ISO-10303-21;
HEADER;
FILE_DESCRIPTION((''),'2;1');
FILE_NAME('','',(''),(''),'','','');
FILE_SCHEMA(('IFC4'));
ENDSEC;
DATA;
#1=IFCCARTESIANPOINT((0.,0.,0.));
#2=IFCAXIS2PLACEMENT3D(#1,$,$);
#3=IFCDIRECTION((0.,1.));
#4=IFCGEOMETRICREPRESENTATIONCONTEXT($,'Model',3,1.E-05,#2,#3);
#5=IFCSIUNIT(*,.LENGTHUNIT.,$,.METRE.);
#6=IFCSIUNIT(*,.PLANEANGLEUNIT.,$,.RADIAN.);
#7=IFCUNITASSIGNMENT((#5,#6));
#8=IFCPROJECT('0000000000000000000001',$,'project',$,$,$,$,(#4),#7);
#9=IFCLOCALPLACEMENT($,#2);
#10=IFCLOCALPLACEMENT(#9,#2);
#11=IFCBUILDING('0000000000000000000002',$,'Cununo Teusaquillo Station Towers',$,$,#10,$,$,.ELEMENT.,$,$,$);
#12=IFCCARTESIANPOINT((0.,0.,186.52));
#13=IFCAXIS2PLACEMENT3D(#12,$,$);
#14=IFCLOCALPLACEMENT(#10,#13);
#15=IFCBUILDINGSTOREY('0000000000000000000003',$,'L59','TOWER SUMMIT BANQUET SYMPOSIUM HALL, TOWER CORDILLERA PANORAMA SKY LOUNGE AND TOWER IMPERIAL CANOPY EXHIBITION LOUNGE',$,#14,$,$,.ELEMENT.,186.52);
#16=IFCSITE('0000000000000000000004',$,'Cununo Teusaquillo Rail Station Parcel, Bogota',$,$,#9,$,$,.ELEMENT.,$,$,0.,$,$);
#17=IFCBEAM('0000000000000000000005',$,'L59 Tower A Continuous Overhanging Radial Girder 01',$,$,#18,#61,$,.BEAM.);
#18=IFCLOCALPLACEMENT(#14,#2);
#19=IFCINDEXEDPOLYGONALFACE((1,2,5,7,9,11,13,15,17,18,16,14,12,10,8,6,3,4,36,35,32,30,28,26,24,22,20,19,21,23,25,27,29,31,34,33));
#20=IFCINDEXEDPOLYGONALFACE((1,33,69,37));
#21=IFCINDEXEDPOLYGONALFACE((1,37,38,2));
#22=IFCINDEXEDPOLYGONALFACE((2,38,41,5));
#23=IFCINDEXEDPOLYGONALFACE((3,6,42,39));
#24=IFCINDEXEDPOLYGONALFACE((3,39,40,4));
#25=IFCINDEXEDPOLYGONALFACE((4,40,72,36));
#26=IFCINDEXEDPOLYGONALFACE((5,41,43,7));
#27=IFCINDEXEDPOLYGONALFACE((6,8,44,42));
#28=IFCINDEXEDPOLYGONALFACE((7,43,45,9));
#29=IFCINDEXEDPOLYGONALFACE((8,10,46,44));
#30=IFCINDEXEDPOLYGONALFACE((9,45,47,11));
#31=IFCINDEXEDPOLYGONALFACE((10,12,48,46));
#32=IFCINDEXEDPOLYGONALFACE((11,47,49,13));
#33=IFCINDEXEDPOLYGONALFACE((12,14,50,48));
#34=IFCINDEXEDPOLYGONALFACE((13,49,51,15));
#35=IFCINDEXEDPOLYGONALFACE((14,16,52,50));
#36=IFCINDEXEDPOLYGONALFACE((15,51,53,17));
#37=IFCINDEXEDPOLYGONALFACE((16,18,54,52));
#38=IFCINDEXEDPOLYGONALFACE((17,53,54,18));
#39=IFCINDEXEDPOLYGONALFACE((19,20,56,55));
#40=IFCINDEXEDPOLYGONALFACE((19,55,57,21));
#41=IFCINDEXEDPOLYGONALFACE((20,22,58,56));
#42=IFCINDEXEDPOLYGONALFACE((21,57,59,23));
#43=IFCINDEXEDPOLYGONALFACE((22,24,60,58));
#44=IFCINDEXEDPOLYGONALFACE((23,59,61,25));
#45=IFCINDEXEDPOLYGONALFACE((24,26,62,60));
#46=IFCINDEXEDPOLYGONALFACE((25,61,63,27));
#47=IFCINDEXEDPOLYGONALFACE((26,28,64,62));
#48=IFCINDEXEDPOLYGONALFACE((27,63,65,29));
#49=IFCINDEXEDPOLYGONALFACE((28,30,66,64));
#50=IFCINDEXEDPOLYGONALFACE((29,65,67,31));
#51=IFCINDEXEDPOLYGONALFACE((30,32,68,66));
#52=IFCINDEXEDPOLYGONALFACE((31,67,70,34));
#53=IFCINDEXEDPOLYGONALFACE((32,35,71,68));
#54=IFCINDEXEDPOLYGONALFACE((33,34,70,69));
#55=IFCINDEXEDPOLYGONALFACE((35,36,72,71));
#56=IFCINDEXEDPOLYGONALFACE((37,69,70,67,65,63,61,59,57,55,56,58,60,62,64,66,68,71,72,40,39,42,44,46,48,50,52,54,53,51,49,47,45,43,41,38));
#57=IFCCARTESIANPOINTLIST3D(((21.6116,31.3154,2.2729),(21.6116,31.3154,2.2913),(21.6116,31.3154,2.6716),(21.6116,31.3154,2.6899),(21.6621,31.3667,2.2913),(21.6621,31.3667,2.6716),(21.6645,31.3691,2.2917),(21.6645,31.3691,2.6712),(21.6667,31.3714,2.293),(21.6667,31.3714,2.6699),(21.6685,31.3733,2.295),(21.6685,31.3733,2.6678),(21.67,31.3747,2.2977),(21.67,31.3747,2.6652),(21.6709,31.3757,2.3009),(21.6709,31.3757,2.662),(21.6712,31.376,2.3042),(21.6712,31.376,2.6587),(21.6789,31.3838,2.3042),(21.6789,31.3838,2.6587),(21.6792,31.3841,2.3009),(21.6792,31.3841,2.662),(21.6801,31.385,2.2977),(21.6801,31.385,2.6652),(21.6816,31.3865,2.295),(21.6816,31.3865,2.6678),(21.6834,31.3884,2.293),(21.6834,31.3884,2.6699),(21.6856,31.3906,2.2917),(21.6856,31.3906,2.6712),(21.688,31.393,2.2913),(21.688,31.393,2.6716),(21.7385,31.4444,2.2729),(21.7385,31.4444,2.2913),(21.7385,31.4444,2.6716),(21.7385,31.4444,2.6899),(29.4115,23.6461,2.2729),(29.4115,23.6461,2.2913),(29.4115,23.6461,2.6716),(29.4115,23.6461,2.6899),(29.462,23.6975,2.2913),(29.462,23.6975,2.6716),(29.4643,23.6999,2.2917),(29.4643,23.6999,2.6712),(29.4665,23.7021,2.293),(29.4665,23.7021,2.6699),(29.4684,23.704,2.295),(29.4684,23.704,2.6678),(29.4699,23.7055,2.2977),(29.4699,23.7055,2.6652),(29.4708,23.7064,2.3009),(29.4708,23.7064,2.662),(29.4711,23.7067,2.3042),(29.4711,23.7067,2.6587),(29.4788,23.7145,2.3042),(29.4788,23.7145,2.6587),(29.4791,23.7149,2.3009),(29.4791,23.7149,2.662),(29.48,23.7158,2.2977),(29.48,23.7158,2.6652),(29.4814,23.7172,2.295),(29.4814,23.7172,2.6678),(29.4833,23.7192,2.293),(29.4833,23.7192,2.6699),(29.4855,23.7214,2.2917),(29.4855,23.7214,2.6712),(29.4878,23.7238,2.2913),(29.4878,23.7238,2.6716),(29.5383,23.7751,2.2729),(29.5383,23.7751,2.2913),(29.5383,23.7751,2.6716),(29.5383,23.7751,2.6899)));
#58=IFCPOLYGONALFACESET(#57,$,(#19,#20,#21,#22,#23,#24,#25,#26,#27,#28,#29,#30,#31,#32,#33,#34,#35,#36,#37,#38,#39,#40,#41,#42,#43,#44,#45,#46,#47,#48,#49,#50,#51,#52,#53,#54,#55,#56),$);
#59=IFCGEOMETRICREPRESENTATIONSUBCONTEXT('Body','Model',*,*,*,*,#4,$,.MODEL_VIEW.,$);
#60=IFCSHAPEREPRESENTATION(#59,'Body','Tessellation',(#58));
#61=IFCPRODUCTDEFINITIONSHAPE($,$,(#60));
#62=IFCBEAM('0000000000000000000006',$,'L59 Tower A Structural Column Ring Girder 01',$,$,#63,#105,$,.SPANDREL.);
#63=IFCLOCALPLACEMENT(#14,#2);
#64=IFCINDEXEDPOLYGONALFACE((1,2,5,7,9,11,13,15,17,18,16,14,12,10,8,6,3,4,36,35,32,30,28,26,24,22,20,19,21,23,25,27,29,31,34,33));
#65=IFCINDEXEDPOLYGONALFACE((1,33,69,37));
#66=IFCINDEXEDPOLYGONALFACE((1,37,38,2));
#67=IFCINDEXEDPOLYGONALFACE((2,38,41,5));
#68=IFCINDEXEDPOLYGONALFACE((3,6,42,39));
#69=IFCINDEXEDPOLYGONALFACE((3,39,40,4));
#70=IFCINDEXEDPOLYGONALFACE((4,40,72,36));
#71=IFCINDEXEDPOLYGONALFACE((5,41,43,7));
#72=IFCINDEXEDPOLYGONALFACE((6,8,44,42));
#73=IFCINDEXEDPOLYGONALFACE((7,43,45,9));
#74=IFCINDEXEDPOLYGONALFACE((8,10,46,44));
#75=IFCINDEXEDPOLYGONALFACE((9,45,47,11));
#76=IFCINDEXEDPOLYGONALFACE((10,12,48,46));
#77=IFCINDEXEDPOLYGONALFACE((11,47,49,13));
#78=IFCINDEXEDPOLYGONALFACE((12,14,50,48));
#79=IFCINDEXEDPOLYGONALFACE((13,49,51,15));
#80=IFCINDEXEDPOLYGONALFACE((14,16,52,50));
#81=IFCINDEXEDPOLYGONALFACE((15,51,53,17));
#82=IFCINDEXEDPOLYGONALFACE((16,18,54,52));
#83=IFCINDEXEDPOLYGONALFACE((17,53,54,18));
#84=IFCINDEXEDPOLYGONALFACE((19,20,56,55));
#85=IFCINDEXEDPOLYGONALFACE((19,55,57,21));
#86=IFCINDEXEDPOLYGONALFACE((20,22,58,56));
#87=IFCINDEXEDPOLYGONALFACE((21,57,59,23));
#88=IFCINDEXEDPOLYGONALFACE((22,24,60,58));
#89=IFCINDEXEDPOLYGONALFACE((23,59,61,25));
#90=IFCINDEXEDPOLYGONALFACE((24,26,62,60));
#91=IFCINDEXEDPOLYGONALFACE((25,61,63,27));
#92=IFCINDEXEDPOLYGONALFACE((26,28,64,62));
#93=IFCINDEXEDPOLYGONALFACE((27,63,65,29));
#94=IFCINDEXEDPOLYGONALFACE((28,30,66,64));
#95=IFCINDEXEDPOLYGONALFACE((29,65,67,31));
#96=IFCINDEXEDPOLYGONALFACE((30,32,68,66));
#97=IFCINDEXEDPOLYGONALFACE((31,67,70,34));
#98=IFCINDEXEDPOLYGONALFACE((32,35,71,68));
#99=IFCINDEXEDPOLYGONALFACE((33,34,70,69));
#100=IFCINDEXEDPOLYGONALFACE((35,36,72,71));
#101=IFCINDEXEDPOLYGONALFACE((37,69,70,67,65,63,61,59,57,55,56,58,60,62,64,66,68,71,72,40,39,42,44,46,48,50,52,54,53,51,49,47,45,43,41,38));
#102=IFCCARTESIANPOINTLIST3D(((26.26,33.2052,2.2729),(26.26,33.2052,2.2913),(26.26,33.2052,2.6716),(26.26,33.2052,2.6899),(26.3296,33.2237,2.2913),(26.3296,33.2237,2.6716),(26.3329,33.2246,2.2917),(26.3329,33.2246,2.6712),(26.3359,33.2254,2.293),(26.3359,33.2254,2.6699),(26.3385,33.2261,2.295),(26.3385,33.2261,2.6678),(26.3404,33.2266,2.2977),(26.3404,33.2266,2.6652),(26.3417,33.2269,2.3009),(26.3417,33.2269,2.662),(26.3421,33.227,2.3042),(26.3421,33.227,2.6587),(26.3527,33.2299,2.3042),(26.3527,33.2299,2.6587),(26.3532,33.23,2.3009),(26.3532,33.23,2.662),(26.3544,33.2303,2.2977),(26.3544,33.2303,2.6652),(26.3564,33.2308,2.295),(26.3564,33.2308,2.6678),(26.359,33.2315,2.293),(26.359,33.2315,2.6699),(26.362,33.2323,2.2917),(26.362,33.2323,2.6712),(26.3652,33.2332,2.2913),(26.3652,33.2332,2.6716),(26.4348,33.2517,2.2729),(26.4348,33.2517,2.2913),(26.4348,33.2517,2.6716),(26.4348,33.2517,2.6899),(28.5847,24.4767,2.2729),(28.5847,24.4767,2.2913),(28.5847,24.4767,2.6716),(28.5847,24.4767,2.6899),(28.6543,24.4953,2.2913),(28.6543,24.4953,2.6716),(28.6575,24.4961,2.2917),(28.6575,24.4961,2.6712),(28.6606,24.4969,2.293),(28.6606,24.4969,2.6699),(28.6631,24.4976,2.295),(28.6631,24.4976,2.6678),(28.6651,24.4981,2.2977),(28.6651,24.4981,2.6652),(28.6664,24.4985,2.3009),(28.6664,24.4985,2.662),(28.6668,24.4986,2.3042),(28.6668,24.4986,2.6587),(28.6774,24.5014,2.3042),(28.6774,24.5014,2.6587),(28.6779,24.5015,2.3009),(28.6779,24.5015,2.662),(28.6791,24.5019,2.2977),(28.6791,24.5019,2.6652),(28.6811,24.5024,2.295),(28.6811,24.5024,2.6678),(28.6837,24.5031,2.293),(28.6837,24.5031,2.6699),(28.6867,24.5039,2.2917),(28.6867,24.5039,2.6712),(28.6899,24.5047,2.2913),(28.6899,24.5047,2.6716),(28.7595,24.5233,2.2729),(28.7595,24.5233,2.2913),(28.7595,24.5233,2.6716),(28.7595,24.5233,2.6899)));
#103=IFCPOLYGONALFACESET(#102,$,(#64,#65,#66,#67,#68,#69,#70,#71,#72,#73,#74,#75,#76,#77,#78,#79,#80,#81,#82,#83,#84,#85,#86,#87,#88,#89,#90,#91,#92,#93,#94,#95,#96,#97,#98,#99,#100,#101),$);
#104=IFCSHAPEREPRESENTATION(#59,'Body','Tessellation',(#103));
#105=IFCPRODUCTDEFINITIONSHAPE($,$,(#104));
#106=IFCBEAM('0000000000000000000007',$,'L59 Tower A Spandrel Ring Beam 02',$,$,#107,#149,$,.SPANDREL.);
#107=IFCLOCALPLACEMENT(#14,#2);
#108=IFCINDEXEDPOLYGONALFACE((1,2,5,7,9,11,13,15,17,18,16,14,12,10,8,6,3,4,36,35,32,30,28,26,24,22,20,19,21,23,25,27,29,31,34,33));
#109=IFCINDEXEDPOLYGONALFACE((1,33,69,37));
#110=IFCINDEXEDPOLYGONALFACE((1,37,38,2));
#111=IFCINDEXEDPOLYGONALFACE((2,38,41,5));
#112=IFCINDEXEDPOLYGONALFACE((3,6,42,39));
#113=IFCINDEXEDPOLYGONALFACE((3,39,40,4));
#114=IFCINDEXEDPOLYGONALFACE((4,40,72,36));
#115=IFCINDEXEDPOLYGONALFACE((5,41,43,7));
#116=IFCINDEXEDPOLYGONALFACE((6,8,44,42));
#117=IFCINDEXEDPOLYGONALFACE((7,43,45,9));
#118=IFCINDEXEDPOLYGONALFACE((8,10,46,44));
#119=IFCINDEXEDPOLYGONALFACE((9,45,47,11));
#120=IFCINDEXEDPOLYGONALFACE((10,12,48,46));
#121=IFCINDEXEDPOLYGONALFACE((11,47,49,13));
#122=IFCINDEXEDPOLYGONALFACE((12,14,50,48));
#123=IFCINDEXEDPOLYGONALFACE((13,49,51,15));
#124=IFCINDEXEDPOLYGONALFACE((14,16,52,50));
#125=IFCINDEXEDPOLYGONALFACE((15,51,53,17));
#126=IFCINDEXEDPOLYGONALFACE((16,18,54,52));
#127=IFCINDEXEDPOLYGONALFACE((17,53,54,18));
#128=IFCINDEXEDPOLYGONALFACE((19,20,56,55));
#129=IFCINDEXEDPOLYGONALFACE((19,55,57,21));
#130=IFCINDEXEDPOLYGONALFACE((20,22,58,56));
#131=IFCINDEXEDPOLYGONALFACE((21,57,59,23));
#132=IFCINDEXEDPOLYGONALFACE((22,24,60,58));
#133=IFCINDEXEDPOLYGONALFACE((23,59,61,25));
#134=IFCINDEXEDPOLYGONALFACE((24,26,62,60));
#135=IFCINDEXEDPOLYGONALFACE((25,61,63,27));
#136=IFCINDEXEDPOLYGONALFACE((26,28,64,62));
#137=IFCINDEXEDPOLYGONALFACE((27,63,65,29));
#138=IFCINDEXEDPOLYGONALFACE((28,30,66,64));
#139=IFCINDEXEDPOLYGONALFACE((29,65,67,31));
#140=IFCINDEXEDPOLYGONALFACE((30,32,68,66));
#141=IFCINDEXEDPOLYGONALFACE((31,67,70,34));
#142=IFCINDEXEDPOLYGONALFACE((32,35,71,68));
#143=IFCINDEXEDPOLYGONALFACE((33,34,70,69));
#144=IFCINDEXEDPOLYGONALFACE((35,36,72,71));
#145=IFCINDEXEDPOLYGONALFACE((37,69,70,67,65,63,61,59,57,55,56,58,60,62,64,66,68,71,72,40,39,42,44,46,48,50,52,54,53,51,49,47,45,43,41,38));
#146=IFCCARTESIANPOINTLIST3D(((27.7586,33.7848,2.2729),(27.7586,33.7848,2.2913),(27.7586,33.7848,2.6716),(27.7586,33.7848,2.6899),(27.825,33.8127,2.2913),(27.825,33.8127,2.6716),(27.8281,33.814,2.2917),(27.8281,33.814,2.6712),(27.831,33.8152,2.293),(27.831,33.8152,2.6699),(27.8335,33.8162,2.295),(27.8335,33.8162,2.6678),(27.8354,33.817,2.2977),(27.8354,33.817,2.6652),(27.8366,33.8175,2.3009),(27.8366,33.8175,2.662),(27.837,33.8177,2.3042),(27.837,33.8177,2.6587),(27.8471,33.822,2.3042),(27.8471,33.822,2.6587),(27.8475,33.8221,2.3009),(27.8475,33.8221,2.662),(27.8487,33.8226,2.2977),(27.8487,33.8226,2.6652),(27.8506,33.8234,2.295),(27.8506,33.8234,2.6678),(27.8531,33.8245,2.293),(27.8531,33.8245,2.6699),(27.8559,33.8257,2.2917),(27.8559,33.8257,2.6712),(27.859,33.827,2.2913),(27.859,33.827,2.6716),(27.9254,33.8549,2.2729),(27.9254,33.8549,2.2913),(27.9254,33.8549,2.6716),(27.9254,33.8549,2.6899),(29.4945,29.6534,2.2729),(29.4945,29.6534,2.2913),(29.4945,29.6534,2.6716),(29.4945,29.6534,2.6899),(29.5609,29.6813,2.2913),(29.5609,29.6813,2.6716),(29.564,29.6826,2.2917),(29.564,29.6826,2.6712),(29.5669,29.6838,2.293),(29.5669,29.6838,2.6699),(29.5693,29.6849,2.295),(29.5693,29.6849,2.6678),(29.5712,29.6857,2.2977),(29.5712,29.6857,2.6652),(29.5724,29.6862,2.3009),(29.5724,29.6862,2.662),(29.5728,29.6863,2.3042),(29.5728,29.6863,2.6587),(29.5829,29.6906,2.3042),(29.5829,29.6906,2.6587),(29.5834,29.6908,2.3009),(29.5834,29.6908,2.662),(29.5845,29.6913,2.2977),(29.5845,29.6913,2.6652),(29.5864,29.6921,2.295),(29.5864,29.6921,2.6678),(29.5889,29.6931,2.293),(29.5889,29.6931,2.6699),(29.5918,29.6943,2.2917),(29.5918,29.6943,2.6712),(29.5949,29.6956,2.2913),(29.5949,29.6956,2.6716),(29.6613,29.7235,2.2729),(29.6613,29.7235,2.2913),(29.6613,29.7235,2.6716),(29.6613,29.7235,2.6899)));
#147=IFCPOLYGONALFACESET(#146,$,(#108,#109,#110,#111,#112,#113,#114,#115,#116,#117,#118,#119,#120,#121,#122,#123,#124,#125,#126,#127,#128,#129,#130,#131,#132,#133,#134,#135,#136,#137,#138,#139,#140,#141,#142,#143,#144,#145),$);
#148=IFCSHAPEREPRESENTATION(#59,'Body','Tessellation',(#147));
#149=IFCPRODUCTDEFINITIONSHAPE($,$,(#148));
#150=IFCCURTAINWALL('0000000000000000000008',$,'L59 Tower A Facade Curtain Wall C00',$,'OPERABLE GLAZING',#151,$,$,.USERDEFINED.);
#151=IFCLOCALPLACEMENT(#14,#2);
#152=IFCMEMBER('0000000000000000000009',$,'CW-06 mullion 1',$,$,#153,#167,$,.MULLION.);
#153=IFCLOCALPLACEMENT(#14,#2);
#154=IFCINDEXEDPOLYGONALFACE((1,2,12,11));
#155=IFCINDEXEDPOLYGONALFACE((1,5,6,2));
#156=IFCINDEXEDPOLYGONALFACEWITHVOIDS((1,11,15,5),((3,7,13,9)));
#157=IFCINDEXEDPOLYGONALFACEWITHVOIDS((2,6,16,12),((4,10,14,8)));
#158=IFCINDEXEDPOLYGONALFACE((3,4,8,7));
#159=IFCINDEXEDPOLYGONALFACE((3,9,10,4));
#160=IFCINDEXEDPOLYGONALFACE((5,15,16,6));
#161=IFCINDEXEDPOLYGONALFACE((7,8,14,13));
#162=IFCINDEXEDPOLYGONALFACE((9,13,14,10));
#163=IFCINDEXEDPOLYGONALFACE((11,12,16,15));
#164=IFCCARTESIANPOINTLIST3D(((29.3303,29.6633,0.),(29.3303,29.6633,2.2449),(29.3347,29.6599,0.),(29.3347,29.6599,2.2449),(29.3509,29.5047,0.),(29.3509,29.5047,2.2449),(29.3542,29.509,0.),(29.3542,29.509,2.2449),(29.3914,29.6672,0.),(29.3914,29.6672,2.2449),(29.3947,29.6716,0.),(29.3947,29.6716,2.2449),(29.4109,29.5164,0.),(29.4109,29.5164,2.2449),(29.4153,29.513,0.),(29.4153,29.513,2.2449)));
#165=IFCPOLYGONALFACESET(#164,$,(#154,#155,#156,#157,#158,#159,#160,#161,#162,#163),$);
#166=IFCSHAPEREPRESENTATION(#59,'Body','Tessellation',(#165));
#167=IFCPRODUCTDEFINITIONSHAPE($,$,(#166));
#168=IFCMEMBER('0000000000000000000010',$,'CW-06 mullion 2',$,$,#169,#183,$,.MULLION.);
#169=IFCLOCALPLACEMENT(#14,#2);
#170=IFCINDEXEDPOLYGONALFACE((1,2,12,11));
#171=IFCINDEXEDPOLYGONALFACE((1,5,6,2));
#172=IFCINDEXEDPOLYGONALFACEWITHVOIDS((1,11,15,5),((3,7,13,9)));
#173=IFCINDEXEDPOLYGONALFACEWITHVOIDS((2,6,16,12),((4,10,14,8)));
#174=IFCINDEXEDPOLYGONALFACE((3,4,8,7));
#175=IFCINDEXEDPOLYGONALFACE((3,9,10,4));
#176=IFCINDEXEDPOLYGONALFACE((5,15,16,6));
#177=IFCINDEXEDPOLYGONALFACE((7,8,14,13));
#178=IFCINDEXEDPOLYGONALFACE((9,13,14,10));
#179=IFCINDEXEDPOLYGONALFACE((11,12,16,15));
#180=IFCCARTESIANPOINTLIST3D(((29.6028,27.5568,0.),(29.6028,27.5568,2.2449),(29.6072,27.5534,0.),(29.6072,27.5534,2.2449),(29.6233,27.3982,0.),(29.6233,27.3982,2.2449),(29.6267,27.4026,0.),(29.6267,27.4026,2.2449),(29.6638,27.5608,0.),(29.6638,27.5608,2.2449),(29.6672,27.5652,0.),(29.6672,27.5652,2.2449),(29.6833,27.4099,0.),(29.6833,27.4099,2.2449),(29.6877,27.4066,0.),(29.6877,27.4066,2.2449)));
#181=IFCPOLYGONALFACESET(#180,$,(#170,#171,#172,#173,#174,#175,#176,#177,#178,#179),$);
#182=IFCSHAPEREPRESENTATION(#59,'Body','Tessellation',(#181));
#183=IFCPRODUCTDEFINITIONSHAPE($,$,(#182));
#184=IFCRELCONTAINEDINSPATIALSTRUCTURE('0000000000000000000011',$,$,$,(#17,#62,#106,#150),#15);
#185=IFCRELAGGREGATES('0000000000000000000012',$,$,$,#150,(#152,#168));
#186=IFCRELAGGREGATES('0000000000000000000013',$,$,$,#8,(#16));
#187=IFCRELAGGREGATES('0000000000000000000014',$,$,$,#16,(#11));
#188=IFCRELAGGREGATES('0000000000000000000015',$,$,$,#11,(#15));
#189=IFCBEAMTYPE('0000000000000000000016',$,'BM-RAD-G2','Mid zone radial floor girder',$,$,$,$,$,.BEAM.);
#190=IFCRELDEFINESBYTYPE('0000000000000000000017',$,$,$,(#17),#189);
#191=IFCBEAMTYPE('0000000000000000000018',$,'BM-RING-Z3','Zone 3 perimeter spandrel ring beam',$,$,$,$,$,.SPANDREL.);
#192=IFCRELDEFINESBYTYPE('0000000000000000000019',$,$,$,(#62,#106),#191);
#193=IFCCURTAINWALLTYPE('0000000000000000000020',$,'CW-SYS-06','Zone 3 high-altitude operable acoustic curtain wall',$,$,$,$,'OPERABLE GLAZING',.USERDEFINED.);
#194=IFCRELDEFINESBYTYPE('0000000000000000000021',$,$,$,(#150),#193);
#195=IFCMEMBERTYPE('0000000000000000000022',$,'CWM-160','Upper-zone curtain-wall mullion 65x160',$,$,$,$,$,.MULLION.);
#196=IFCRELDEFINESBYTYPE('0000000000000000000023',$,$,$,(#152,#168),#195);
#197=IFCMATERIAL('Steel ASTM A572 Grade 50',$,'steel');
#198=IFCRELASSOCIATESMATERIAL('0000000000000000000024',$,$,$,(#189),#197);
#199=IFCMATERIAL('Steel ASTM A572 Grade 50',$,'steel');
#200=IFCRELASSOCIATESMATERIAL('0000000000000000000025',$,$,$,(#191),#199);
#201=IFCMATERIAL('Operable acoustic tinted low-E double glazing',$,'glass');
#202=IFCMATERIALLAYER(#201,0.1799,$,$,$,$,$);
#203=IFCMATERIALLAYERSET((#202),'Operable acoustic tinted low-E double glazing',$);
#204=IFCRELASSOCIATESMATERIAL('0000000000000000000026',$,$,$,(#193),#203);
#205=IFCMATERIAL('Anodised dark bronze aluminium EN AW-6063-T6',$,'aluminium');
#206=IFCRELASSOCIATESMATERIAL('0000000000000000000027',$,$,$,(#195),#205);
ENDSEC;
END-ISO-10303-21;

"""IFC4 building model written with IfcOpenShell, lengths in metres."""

from ifc_helpers import new_model, si_unit, direction, frame, origin, origin_2d, place, context, subcontext, project, spatial, hollow_rectangle, i_section, extrude, material, layer, layer_set, material_profile, profile_set, type_object, element, aggregate, save


model = new_model("IFC4")

# Units and contexts
model_context = context("Model", 3, precision=1e-05, world=origin(), true_north=direction((0.0, 1.0)))
body_context = subcontext(model_context, "Body", "Model", "MODEL_VIEW")
ifc_project = project(units=[si_unit("LENGTHUNIT", "METRE"), si_unit("PLANEANGLEUNIT", "RADIAN")], contexts=[model_context])

# Site, building, storey
site_placement = place(None, origin())
site = spatial("IfcSite", under=ifc_project, at=site_placement, Name="Cununo Teusaquillo Rail Station Parcel, Bogota", CompositionType="ELEMENT", RefElevation=0.0)
building_placement = place(site_placement, origin())
building = spatial("IfcBuilding", under=site, at=building_placement, Name="Cununo Teusaquillo Station Towers", CompositionType="ELEMENT")
storey_placement = place(building_placement, frame((0.0, 0.0, 186.52)))
storey = spatial("IfcBuildingStorey", under=building, at=storey_placement, Name="L59", Description="TOWER SUMMIT BANQUET SYMPOSIUM HALL, TOWER CORDILLERA PANORAMA SKY LOUNGE AND TOWER IMPERIAL CANOPY EXHIBITION LOUNGE", CompositionType="ELEMENT", Elevation=186.52)

# Beams
ifc_material_1 = material(Name="Steel ASTM A572 Grade 50", Category="steel")
ifc_material_profile_1 = material_profile(ifc_material_1, i_section(OverallWidth=0.1809, OverallDepth=0.417, WebThickness=0.011, FlangeThickness=0.0183, FilletRadius=0.0129, at=origin_2d()), Name="W16X57")
ifc_profile_set_1 = profile_set([ifc_material_profile_1], Name="Steel ASTM A572 Grade 50")
beam_type_1 = type_object("IfcBeamType", Name="BM-RAD-G2", Description="Mid zone radial floor girder", PredefinedType="BEAM", material=ifc_profile_set_1)
beam_1_placement = place(storey_placement, frame((21.675, 31.3799, 2.4814), z_axis=(0.713052, -0.701111, 0.0), x_axis=(0.701111, 0.713052, 0.0)))
element("IfcBeam", 1, at=beam_1_placement, inside=storey, type_object=beam_type_1, Name="L59 Tower A Continuous Overhanging Radial Girder 01", PredefinedType="BEAM", context=body_context, shape_type="SweptSolid", body=[
    extrude(i_section(OverallWidth=0.1809, OverallDepth=0.417, WebThickness=0.011, FlangeThickness=0.0183, FilletRadius=0.0129, at=origin_2d()), origin(), (0.0, 0.0, 1.0), 10.9387),
])
ifc_material_2 = material(Name="Steel ASTM A572 Grade 50", Category="steel")
ifc_material_profile_2 = material_profile(ifc_material_2, i_section(OverallWidth=0.1809, OverallDepth=0.417, WebThickness=0.011, FlangeThickness=0.0183, FilletRadius=0.0129, at=origin_2d()), Name="W16X57")
ifc_profile_set_2 = profile_set([ifc_material_profile_2], Name="Steel ASTM A572 Grade 50")
beam_type_2 = type_object("IfcBeamType", Name="BM-RING-Z3", Description="Zone 3 perimeter spandrel ring beam", PredefinedType="SPANDREL", material=ifc_profile_set_2)
beam_2_placement = place(storey_placement, frame((28.6721, 24.5, 2.4814), z_axis=(-0.257363, 0.966315, 0.0), x_axis=(-0.966315, -0.257363, 0.0)))
element("IfcBeam", 2, at=beam_2_placement, inside=storey, type_object=beam_type_2, Name="L59 Tower A Structural Column Ring Girder 01", PredefinedType="SPANDREL", context=body_context, shape_type="SweptSolid", body=[
    extrude(i_section(OverallWidth=0.1809, OverallDepth=0.417, WebThickness=0.011, FlangeThickness=0.0183, FilletRadius=0.0129, at=origin_2d()), origin(), (0.0, 0.0, 1.0), 9.0327),
])
beam_3_placement = place(storey_placement, frame((29.5779, 29.6885, 2.4814), z_axis=(-0.38736, 0.921928, 0.0), x_axis=(-0.921928, -0.38736, 0.0)))
element("IfcBeam", 3, at=beam_3_placement, inside=storey, type_object=beam_type_2, Name="L59 Tower A Spandrel Ring Beam 02", PredefinedType="SPANDREL", context=body_context, shape_type="SweptSolid", body=[
    extrude(i_section(OverallWidth=0.1809, OverallDepth=0.417, WebThickness=0.011, FlangeThickness=0.0183, FilletRadius=0.0129, at=origin_2d()), origin(), (0.0, 0.0, 1.0), 4.4812),
])

# Curtain wall, members
ifc_material_3 = material(Name="Operable acoustic tinted low-E double glazing", Category="glass")
ifc_layer_1 = layer(ifc_material_3, 0.1799)
ifc_layer_set_1 = layer_set([ifc_layer_1], Name="Operable acoustic tinted low-E double glazing")
curtain_wall_type = type_object("IfcCurtainWallType", Name="CW-SYS-06", Description="Zone 3 high-altitude operable acoustic curtain wall", ElementType="OPERABLE GLAZING", PredefinedType="USERDEFINED", material=ifc_layer_set_1)
curtain_wall_placement = place(storey_placement, origin())
curtain_wall = element("IfcCurtainWall", 4, at=curtain_wall_placement, inside=storey, type_object=curtain_wall_type, Name="L59 Tower A Facade Curtain Wall C00", ObjectType="OPERABLE GLAZING", PredefinedType="USERDEFINED")
ifc_material_4 = material(Name="Anodised dark bronze aluminium EN AW-6063-T6", Category="aluminium")
ifc_material_profile_3 = material_profile(ifc_material_4, hollow_rectangle(XDim=0.0649, YDim=0.1599, WallThickness=0.0039, at=origin_2d()), Name="CW-MULL-65x160")
ifc_profile_set_3 = profile_set([ifc_material_profile_3], Name="Anodised dark bronze aluminium EN AW-6063-T6")
member_type_1 = type_object("IfcMemberType", Name="CWM-160", Description="Upper-zone curtain-wall mullion 65x160", PredefinedType="MULLION", material=ifc_profile_set_3)
member_1_placement = place(storey_placement, frame((29.3728, 29.5881, 0.0), z_axis=(0.0, 0.0, 1.0), x_axis=(0.991737, 0.128285, 0.0)))
member_1 = element("IfcMember", 5, at=member_1_placement, type_object=member_type_1, Name="CW-06 mullion 1", PredefinedType="MULLION", context=body_context, shape_type="SweptSolid", body=[
    extrude(hollow_rectangle(XDim=0.0649, YDim=0.1599, WallThickness=0.0039, at=origin_2d()), origin(), (0.0, 0.0, 1.0), 2.2449),
])
member_2_placement = place(storey_placement, frame((29.6453, 27.4817, 0.0), z_axis=(0.0, 0.0, 1.0), x_axis=(0.991737, 0.128285, 0.0)))
member_2 = element("IfcMember", 6, at=member_2_placement, type_object=member_type_1, Name="CW-06 mullion 2", PredefinedType="MULLION", context=body_context, shape_type="SweptSolid", body=[
    extrude(hollow_rectangle(XDim=0.0649, YDim=0.1599, WallThickness=0.0039, at=origin_2d()), origin(), (0.0, 0.0, 1.0), 2.2449),
])

aggregate(curtain_wall, [member_1, member_2])

save(model, "model.ifc")
